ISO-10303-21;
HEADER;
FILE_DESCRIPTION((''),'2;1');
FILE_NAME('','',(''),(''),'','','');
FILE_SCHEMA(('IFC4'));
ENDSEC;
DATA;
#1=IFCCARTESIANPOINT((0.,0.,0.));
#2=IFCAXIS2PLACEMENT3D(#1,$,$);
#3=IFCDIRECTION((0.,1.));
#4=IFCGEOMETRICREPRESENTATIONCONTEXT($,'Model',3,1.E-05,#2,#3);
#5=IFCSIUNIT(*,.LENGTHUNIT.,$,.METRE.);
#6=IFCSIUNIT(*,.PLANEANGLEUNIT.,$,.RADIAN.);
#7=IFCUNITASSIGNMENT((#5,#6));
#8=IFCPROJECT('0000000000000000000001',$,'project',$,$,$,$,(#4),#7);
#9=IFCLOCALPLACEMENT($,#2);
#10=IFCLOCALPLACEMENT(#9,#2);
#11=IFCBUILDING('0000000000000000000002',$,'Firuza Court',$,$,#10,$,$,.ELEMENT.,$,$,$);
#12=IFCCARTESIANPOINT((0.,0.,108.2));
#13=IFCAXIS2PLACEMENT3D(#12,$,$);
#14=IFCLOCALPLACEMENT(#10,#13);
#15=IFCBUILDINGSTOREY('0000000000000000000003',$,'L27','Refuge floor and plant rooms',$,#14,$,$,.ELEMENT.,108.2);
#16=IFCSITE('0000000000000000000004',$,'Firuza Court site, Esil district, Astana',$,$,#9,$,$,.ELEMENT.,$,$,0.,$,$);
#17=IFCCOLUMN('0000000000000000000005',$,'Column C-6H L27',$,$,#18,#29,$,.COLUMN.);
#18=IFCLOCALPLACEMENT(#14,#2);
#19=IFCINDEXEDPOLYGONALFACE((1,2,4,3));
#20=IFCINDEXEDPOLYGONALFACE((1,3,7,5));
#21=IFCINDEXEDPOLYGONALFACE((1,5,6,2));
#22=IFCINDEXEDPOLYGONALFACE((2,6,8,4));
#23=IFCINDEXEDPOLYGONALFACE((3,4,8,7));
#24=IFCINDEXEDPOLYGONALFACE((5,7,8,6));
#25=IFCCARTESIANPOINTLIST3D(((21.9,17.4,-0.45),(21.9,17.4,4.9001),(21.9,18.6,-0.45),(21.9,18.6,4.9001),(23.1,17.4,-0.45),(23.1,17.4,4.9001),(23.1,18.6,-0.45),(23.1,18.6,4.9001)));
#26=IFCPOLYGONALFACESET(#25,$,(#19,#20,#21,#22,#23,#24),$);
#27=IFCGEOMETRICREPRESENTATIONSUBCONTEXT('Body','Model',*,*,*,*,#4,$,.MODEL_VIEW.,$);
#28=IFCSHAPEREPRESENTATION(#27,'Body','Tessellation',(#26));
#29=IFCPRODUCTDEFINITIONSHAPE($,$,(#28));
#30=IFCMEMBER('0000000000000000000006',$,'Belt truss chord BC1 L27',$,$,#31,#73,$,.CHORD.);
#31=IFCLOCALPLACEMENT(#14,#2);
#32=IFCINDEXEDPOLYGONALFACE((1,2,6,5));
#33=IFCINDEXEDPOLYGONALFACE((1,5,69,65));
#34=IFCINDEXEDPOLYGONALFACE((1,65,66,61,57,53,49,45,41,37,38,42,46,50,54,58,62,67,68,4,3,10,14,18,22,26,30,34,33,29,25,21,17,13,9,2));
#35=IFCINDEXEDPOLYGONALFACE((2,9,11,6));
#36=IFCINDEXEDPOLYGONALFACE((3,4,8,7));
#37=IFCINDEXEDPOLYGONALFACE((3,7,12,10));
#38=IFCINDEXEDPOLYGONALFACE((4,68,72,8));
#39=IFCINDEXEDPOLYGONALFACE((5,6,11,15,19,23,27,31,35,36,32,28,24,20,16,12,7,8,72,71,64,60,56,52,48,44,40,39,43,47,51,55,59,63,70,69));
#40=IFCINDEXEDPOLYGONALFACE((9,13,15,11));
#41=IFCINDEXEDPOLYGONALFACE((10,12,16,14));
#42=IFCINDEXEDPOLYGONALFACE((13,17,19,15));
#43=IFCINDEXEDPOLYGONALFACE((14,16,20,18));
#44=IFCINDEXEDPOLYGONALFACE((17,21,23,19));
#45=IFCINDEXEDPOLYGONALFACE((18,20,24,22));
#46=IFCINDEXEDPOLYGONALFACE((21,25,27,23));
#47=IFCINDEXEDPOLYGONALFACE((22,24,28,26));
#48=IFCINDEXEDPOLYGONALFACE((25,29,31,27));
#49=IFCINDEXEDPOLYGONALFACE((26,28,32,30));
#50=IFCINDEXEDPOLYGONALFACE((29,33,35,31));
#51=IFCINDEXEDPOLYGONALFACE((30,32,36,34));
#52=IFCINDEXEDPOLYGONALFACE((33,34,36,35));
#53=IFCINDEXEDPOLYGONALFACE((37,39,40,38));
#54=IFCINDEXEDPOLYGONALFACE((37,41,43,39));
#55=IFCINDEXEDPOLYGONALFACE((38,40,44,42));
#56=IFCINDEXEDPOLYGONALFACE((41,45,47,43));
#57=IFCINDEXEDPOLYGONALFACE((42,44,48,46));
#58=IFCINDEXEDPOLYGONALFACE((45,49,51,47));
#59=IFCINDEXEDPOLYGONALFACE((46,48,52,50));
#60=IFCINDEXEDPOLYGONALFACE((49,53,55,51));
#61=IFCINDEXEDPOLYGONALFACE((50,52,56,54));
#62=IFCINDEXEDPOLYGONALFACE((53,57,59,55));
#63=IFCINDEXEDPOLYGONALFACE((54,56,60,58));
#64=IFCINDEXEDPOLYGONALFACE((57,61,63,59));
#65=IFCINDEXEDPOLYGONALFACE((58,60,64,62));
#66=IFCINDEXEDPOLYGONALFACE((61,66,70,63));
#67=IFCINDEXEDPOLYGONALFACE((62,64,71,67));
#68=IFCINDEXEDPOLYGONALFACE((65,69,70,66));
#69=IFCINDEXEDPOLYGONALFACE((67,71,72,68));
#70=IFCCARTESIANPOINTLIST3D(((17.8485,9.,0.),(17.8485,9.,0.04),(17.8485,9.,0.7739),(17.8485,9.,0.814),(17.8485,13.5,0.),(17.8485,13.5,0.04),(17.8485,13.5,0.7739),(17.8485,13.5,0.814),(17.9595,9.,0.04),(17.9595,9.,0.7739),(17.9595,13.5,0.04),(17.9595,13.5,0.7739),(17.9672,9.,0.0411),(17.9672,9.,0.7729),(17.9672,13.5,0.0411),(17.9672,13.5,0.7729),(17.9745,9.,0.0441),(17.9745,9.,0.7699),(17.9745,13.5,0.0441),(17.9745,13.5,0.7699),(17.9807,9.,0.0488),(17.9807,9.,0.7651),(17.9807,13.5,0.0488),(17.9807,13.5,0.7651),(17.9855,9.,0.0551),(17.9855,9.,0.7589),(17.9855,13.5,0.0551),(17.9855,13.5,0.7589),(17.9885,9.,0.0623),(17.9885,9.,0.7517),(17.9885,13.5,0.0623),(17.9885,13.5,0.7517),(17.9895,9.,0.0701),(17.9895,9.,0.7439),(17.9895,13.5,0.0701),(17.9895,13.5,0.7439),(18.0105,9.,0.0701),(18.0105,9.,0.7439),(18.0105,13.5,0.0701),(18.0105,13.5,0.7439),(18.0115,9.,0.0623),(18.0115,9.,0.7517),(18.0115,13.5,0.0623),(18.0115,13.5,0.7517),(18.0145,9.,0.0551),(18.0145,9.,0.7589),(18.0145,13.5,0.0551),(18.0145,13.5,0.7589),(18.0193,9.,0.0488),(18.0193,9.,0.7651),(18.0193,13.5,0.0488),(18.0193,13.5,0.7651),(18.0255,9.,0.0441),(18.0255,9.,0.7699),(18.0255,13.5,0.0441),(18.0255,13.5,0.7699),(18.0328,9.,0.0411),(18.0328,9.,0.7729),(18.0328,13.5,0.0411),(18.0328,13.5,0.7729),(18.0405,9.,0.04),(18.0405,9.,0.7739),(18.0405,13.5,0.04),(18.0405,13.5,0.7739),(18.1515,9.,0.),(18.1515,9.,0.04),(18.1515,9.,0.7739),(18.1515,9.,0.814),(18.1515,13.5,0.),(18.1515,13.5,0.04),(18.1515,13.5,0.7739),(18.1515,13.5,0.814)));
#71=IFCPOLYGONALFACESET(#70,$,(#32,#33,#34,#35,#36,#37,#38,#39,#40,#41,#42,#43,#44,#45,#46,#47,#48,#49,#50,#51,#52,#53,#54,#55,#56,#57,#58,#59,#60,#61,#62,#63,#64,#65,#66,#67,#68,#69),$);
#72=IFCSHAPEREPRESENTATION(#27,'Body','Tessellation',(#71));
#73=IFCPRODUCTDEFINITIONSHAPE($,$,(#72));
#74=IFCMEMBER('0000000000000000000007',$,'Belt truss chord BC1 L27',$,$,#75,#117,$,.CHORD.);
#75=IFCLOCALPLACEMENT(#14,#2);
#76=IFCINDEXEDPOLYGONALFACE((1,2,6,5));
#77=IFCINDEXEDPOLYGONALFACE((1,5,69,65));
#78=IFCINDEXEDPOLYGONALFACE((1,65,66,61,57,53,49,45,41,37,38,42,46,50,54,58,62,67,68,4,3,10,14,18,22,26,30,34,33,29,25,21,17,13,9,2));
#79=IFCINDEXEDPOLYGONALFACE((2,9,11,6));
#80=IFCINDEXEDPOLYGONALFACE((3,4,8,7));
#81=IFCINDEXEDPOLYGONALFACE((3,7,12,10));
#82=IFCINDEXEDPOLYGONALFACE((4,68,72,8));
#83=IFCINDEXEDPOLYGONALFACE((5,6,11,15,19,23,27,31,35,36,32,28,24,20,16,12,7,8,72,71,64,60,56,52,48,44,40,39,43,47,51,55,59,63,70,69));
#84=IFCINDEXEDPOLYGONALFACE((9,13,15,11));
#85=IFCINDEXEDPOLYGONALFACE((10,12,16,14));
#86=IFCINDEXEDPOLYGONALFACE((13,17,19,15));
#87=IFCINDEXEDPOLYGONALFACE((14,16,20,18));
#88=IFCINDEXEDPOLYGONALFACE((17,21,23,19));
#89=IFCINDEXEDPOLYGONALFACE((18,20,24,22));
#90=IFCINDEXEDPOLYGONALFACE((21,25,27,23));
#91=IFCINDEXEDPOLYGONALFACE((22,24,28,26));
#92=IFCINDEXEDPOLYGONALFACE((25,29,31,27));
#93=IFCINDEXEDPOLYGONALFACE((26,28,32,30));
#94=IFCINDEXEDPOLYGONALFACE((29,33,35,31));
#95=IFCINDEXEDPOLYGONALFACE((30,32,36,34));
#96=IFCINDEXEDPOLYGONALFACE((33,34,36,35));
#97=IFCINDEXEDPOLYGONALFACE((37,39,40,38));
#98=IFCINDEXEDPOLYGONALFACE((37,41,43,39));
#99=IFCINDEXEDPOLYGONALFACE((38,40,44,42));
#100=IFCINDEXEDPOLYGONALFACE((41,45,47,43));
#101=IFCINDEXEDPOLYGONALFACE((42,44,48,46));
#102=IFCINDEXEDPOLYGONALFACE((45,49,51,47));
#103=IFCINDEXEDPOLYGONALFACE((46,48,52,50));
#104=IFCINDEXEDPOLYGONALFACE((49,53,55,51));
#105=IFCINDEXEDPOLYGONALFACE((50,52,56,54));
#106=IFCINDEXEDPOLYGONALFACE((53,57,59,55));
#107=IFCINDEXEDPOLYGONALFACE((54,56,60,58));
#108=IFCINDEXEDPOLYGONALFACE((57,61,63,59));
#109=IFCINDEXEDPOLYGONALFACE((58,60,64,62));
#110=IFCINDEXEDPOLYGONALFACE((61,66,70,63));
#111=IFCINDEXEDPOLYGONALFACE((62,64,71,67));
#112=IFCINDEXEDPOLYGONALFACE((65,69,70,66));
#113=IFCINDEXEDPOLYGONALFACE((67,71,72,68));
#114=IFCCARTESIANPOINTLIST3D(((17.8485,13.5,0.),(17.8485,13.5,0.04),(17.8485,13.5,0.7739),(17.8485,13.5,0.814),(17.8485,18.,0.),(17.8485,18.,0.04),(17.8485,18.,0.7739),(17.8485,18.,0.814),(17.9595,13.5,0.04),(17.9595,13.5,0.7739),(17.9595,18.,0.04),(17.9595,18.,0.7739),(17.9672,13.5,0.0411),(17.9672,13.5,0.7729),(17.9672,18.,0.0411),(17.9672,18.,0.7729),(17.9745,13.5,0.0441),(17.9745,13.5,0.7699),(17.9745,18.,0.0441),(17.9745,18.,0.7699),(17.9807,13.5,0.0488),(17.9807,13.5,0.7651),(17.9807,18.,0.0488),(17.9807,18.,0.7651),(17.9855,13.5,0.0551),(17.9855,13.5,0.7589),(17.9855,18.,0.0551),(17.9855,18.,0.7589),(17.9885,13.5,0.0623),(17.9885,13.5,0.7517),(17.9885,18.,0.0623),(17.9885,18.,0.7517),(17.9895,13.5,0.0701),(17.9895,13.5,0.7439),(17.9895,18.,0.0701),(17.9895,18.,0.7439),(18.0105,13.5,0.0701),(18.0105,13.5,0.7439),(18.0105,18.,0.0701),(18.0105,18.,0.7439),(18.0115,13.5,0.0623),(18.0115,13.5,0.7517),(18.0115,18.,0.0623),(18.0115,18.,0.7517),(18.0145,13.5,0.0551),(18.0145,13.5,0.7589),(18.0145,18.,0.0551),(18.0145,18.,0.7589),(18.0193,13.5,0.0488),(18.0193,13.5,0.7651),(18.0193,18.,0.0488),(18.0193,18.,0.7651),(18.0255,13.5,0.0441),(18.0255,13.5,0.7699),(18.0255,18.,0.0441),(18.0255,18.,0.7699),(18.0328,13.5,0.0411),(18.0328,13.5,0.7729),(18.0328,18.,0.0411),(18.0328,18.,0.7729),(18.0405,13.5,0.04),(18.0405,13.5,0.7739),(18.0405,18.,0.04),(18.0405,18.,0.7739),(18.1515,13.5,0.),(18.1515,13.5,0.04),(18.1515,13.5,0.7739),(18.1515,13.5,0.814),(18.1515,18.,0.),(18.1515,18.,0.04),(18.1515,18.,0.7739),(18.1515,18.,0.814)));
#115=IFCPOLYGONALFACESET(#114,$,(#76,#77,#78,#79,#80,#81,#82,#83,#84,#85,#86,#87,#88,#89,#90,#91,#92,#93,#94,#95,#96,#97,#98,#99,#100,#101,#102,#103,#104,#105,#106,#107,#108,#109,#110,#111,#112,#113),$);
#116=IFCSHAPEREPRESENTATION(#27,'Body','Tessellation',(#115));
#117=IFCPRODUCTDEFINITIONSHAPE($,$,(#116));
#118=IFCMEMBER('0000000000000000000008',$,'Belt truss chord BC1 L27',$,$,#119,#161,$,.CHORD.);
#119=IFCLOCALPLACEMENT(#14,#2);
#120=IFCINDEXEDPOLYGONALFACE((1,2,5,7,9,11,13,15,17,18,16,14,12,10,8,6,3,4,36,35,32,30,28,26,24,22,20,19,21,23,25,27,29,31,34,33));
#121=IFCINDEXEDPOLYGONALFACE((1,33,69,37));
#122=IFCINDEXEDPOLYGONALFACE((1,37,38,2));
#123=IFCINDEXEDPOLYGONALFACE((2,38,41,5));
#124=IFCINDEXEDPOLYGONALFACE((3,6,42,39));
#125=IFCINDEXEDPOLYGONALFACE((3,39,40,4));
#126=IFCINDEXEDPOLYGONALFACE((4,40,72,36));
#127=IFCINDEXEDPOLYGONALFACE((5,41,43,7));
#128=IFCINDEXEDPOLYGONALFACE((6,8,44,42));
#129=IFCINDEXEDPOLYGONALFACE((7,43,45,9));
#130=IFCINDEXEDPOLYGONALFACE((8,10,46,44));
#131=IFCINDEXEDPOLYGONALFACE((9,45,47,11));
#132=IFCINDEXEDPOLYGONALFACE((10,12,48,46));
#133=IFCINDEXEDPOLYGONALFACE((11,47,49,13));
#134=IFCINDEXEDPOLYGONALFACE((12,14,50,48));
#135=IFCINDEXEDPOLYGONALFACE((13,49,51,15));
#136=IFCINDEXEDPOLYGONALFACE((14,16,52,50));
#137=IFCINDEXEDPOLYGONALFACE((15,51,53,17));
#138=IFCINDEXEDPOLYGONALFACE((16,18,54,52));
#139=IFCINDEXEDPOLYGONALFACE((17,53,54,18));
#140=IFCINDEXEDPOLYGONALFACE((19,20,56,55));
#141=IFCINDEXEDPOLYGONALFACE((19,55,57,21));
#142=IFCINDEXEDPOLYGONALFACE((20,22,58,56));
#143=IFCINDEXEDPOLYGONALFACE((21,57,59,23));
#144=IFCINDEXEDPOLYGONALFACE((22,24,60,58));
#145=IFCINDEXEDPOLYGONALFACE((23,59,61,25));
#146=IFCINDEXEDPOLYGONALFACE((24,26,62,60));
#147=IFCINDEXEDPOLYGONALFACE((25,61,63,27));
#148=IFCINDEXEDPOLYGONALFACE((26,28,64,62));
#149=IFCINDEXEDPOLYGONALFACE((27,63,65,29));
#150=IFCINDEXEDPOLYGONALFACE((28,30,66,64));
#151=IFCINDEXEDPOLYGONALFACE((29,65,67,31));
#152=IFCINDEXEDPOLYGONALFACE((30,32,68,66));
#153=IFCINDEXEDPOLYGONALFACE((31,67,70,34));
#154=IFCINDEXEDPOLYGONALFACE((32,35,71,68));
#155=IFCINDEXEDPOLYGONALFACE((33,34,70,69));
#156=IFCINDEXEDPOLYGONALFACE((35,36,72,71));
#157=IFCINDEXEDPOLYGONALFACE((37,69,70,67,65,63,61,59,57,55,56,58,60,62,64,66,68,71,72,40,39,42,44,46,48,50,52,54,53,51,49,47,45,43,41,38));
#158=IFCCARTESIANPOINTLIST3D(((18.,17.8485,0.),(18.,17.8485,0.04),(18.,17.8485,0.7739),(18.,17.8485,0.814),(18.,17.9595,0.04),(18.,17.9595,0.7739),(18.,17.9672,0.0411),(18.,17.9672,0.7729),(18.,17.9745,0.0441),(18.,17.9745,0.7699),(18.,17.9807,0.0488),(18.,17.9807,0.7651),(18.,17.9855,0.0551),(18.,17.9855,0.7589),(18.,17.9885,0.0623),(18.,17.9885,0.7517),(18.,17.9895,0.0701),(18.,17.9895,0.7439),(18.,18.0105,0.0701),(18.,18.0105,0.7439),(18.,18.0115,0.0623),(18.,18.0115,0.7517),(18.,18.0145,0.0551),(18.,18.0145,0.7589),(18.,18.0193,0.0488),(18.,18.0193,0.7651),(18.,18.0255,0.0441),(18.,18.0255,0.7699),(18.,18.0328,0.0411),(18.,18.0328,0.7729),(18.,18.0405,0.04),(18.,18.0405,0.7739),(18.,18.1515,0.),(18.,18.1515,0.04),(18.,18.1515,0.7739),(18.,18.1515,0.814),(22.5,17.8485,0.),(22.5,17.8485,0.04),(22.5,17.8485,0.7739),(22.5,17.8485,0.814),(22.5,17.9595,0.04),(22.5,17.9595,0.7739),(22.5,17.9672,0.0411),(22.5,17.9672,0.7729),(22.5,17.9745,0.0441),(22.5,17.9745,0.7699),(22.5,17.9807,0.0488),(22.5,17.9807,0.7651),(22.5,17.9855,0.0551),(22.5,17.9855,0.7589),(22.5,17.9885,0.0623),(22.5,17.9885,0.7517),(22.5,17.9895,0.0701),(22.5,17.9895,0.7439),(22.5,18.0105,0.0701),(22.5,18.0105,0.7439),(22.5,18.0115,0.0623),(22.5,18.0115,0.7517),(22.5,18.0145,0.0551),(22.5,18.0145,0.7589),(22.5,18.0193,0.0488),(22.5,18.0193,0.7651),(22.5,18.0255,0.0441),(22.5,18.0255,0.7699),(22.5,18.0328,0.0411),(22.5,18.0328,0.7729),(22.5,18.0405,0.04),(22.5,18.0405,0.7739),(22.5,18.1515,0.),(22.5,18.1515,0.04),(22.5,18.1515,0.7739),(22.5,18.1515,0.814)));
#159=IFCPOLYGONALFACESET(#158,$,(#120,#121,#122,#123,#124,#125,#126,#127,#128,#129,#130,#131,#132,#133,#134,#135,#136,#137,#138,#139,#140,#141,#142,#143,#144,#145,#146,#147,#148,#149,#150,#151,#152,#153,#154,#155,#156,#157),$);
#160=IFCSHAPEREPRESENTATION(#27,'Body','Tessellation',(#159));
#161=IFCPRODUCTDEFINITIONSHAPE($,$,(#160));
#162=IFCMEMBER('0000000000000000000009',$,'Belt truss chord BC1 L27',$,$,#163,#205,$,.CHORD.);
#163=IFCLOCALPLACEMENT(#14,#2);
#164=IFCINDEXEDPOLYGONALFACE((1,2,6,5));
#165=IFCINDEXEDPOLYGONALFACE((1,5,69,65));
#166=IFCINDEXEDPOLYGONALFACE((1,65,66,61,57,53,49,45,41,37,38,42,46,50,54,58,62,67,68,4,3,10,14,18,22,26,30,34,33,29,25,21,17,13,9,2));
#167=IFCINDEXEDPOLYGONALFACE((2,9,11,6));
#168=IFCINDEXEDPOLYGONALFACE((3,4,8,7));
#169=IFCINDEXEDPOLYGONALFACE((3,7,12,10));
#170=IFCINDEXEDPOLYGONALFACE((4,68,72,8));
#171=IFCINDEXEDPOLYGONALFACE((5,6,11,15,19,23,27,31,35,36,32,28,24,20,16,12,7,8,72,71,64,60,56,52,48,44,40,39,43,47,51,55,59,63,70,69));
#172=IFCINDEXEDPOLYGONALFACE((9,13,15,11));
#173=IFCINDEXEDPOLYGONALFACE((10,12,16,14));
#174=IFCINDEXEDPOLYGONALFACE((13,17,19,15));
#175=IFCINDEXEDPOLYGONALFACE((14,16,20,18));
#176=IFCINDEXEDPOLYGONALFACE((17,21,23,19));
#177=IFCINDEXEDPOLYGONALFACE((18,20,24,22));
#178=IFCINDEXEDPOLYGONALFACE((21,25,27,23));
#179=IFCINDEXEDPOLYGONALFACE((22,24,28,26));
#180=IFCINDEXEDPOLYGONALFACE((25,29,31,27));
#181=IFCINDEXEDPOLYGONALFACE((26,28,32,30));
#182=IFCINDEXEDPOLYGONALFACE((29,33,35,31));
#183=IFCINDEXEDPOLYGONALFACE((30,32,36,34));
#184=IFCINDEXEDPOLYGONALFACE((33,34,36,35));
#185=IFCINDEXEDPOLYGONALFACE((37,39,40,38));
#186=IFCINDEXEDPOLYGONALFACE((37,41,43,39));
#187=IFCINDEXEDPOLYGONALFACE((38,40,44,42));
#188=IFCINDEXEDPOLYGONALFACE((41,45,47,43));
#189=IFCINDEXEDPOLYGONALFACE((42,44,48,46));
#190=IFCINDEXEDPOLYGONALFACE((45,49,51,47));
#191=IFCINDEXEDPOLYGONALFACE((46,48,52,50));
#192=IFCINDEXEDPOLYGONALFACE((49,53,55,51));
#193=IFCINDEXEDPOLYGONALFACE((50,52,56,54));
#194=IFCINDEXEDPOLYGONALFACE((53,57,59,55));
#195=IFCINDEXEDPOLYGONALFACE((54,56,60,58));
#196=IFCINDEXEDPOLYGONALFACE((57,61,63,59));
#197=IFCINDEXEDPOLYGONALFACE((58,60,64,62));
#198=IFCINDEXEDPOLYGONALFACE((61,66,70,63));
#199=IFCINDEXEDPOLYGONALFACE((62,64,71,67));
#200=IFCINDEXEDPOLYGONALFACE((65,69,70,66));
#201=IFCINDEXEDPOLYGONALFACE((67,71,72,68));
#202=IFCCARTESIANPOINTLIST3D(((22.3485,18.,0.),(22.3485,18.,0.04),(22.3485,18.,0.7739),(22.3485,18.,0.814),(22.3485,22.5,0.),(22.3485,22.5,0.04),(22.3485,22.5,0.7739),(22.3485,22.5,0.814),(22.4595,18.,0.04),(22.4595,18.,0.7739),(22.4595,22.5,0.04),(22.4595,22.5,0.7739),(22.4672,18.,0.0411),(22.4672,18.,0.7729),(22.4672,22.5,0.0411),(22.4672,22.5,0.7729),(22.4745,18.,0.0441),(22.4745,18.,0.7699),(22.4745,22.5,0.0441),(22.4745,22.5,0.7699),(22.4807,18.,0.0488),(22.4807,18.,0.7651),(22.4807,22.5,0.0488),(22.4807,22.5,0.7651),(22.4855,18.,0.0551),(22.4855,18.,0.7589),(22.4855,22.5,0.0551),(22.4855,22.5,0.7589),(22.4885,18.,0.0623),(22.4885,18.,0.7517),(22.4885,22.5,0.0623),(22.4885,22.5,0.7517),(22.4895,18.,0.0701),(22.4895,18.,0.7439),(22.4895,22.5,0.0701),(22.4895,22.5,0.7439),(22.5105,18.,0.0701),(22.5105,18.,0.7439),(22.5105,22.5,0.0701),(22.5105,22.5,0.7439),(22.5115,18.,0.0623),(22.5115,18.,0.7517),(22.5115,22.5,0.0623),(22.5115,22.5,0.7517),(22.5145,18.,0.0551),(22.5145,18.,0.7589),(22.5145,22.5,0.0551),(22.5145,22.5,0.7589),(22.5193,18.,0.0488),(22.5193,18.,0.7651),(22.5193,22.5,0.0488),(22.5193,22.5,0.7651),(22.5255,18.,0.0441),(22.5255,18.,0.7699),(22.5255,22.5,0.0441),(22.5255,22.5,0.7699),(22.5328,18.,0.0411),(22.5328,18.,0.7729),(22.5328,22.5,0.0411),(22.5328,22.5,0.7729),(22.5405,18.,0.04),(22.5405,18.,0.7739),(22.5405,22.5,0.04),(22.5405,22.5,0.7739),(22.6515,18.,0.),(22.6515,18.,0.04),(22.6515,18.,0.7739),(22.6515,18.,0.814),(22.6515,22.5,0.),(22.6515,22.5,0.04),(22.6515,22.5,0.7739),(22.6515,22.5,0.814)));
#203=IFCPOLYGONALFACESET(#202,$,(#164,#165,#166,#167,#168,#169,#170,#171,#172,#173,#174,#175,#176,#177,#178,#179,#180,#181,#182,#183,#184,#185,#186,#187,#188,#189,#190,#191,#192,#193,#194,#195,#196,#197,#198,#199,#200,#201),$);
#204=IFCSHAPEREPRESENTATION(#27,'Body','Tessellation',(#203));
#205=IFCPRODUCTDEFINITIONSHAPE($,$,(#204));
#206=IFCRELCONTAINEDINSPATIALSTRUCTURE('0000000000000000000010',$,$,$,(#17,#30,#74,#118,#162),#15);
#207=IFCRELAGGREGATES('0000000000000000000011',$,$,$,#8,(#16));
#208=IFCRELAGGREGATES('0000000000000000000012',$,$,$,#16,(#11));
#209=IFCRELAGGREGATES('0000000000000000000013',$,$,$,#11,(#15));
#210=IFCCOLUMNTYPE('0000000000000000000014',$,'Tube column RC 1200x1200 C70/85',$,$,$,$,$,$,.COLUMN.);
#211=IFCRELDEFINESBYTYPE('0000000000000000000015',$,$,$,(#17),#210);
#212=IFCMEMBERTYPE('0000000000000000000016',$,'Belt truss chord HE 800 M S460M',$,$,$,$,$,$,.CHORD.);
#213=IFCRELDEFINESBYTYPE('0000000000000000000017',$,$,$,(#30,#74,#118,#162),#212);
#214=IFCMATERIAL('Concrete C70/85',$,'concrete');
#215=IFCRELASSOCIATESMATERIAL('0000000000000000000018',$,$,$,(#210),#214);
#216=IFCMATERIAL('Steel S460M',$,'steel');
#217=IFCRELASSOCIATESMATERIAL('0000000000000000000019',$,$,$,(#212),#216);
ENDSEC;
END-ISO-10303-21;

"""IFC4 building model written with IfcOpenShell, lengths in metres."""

from ifc_helpers import new_model, si_unit, direction, frame, origin, origin_2d, place, context, subcontext, project, spatial, rectangle, i_section, extrude, material, material_profile, profile_set, type_object, element, save


model = new_model("IFC4")

# Units and contexts
model_context = context("Model", 3, precision=1e-05, world=origin(), true_north=direction((0.0, 1.0)))
body_context = subcontext(model_context, "Body", "Model", "MODEL_VIEW")
ifc_project = project(units=[si_unit("LENGTHUNIT", "METRE"), si_unit("PLANEANGLEUNIT", "RADIAN")], contexts=[model_context])

# Site, building, storey
site_placement = place(None, origin())
site = spatial("IfcSite", under=ifc_project, at=site_placement, Name="Firuza Court site, Esil district, Astana", CompositionType="ELEMENT", RefElevation=0.0)
building_placement = place(site_placement, origin())
building = spatial("IfcBuilding", under=site, at=building_placement, Name="Firuza Court", CompositionType="ELEMENT")
storey_placement = place(building_placement, frame((0.0, 0.0, 108.2)))
storey = spatial("IfcBuildingStorey", under=building, at=storey_placement, Name="L27", Description="Refuge floor and plant rooms", CompositionType="ELEMENT", Elevation=108.2)

# Column
ifc_material_1 = material(Name="Concrete C70/85", Category="concrete")
ifc_material_profile_1 = material_profile(ifc_material_1, rectangle(XDim=1.2, YDim=1.2, at=origin_2d()), Name="RC 1200x1200")
ifc_profile_set_1 = profile_set([ifc_material_profile_1], Name="Concrete C70/85")
column_type = type_object("IfcColumnType", Name="Tube column RC 1200x1200 C70/85", PredefinedType="COLUMN", material=ifc_profile_set_1)
column_placement = place(storey_placement, frame((22.5, 18.0, -0.45), z_axis=(0.0, 0.0, 1.0), x_axis=(1.0, 0.0, 0.0)))
element("IfcColumn", 1, at=column_placement, inside=storey, type_object=column_type, Name="Column C-6H L27", PredefinedType="COLUMN", context=body_context, shape_type="SweptSolid", body=[
    extrude(rectangle(XDim=1.2, YDim=1.2, at=origin_2d()), origin(), (0.0, 0.0, 1.0), 5.3501),
])

# Members
ifc_material_2 = material(Name="Steel S460M", Category="steel")
ifc_material_profile_2 = material_profile(ifc_material_2, i_section(OverallWidth=0.303, OverallDepth=0.814, WebThickness=0.021, FlangeThickness=0.04, FilletRadius=0.03, at=origin_2d()), Name="HE 800 M")
ifc_profile_set_2 = profile_set([ifc_material_profile_2], Name="Steel S460M")
member_type_1 = type_object("IfcMemberType", Name="Belt truss chord HE 800 M S460M", PredefinedType="CHORD", material=ifc_profile_set_2)
for number, where, z_axis, x_axis, name in (
    (2, (18.0, 9.0, 0.407), (0.0, 1.0, 0.0), (-1.0, 0.0, 0.0), "Belt truss chord BC1 L27"),
    (3, (18.0, 13.5, 0.407), (0.0, 1.0, 0.0), (-1.0, 0.0, 0.0), "Belt truss chord BC1 L27"),
    (4, (18.0, 18.0, 0.407), (1.0, 0.0, 0.0), (0.0, 1.0, 0.0), "Belt truss chord BC1 L27"),
    (5, (22.5, 18.0, 0.407), (0.0, 1.0, 0.0), (-1.0, 0.0, 0.0), "Belt truss chord BC1 L27"),
):
    element("IfcMember", number, at=place(storey_placement, frame(where, z_axis=z_axis, x_axis=x_axis)), inside=storey, type_object=member_type_1, Name=name, PredefinedType="CHORD", context=body_context, shape_type="SweptSolid", body=[
        extrude(i_section(OverallWidth=0.303, OverallDepth=0.814, WebThickness=0.021, FlangeThickness=0.04, FilletRadius=0.03, at=origin_2d()), origin(), (0.0, 0.0, 1.0), 4.5),
    ])

save(model, "model.ifc")
